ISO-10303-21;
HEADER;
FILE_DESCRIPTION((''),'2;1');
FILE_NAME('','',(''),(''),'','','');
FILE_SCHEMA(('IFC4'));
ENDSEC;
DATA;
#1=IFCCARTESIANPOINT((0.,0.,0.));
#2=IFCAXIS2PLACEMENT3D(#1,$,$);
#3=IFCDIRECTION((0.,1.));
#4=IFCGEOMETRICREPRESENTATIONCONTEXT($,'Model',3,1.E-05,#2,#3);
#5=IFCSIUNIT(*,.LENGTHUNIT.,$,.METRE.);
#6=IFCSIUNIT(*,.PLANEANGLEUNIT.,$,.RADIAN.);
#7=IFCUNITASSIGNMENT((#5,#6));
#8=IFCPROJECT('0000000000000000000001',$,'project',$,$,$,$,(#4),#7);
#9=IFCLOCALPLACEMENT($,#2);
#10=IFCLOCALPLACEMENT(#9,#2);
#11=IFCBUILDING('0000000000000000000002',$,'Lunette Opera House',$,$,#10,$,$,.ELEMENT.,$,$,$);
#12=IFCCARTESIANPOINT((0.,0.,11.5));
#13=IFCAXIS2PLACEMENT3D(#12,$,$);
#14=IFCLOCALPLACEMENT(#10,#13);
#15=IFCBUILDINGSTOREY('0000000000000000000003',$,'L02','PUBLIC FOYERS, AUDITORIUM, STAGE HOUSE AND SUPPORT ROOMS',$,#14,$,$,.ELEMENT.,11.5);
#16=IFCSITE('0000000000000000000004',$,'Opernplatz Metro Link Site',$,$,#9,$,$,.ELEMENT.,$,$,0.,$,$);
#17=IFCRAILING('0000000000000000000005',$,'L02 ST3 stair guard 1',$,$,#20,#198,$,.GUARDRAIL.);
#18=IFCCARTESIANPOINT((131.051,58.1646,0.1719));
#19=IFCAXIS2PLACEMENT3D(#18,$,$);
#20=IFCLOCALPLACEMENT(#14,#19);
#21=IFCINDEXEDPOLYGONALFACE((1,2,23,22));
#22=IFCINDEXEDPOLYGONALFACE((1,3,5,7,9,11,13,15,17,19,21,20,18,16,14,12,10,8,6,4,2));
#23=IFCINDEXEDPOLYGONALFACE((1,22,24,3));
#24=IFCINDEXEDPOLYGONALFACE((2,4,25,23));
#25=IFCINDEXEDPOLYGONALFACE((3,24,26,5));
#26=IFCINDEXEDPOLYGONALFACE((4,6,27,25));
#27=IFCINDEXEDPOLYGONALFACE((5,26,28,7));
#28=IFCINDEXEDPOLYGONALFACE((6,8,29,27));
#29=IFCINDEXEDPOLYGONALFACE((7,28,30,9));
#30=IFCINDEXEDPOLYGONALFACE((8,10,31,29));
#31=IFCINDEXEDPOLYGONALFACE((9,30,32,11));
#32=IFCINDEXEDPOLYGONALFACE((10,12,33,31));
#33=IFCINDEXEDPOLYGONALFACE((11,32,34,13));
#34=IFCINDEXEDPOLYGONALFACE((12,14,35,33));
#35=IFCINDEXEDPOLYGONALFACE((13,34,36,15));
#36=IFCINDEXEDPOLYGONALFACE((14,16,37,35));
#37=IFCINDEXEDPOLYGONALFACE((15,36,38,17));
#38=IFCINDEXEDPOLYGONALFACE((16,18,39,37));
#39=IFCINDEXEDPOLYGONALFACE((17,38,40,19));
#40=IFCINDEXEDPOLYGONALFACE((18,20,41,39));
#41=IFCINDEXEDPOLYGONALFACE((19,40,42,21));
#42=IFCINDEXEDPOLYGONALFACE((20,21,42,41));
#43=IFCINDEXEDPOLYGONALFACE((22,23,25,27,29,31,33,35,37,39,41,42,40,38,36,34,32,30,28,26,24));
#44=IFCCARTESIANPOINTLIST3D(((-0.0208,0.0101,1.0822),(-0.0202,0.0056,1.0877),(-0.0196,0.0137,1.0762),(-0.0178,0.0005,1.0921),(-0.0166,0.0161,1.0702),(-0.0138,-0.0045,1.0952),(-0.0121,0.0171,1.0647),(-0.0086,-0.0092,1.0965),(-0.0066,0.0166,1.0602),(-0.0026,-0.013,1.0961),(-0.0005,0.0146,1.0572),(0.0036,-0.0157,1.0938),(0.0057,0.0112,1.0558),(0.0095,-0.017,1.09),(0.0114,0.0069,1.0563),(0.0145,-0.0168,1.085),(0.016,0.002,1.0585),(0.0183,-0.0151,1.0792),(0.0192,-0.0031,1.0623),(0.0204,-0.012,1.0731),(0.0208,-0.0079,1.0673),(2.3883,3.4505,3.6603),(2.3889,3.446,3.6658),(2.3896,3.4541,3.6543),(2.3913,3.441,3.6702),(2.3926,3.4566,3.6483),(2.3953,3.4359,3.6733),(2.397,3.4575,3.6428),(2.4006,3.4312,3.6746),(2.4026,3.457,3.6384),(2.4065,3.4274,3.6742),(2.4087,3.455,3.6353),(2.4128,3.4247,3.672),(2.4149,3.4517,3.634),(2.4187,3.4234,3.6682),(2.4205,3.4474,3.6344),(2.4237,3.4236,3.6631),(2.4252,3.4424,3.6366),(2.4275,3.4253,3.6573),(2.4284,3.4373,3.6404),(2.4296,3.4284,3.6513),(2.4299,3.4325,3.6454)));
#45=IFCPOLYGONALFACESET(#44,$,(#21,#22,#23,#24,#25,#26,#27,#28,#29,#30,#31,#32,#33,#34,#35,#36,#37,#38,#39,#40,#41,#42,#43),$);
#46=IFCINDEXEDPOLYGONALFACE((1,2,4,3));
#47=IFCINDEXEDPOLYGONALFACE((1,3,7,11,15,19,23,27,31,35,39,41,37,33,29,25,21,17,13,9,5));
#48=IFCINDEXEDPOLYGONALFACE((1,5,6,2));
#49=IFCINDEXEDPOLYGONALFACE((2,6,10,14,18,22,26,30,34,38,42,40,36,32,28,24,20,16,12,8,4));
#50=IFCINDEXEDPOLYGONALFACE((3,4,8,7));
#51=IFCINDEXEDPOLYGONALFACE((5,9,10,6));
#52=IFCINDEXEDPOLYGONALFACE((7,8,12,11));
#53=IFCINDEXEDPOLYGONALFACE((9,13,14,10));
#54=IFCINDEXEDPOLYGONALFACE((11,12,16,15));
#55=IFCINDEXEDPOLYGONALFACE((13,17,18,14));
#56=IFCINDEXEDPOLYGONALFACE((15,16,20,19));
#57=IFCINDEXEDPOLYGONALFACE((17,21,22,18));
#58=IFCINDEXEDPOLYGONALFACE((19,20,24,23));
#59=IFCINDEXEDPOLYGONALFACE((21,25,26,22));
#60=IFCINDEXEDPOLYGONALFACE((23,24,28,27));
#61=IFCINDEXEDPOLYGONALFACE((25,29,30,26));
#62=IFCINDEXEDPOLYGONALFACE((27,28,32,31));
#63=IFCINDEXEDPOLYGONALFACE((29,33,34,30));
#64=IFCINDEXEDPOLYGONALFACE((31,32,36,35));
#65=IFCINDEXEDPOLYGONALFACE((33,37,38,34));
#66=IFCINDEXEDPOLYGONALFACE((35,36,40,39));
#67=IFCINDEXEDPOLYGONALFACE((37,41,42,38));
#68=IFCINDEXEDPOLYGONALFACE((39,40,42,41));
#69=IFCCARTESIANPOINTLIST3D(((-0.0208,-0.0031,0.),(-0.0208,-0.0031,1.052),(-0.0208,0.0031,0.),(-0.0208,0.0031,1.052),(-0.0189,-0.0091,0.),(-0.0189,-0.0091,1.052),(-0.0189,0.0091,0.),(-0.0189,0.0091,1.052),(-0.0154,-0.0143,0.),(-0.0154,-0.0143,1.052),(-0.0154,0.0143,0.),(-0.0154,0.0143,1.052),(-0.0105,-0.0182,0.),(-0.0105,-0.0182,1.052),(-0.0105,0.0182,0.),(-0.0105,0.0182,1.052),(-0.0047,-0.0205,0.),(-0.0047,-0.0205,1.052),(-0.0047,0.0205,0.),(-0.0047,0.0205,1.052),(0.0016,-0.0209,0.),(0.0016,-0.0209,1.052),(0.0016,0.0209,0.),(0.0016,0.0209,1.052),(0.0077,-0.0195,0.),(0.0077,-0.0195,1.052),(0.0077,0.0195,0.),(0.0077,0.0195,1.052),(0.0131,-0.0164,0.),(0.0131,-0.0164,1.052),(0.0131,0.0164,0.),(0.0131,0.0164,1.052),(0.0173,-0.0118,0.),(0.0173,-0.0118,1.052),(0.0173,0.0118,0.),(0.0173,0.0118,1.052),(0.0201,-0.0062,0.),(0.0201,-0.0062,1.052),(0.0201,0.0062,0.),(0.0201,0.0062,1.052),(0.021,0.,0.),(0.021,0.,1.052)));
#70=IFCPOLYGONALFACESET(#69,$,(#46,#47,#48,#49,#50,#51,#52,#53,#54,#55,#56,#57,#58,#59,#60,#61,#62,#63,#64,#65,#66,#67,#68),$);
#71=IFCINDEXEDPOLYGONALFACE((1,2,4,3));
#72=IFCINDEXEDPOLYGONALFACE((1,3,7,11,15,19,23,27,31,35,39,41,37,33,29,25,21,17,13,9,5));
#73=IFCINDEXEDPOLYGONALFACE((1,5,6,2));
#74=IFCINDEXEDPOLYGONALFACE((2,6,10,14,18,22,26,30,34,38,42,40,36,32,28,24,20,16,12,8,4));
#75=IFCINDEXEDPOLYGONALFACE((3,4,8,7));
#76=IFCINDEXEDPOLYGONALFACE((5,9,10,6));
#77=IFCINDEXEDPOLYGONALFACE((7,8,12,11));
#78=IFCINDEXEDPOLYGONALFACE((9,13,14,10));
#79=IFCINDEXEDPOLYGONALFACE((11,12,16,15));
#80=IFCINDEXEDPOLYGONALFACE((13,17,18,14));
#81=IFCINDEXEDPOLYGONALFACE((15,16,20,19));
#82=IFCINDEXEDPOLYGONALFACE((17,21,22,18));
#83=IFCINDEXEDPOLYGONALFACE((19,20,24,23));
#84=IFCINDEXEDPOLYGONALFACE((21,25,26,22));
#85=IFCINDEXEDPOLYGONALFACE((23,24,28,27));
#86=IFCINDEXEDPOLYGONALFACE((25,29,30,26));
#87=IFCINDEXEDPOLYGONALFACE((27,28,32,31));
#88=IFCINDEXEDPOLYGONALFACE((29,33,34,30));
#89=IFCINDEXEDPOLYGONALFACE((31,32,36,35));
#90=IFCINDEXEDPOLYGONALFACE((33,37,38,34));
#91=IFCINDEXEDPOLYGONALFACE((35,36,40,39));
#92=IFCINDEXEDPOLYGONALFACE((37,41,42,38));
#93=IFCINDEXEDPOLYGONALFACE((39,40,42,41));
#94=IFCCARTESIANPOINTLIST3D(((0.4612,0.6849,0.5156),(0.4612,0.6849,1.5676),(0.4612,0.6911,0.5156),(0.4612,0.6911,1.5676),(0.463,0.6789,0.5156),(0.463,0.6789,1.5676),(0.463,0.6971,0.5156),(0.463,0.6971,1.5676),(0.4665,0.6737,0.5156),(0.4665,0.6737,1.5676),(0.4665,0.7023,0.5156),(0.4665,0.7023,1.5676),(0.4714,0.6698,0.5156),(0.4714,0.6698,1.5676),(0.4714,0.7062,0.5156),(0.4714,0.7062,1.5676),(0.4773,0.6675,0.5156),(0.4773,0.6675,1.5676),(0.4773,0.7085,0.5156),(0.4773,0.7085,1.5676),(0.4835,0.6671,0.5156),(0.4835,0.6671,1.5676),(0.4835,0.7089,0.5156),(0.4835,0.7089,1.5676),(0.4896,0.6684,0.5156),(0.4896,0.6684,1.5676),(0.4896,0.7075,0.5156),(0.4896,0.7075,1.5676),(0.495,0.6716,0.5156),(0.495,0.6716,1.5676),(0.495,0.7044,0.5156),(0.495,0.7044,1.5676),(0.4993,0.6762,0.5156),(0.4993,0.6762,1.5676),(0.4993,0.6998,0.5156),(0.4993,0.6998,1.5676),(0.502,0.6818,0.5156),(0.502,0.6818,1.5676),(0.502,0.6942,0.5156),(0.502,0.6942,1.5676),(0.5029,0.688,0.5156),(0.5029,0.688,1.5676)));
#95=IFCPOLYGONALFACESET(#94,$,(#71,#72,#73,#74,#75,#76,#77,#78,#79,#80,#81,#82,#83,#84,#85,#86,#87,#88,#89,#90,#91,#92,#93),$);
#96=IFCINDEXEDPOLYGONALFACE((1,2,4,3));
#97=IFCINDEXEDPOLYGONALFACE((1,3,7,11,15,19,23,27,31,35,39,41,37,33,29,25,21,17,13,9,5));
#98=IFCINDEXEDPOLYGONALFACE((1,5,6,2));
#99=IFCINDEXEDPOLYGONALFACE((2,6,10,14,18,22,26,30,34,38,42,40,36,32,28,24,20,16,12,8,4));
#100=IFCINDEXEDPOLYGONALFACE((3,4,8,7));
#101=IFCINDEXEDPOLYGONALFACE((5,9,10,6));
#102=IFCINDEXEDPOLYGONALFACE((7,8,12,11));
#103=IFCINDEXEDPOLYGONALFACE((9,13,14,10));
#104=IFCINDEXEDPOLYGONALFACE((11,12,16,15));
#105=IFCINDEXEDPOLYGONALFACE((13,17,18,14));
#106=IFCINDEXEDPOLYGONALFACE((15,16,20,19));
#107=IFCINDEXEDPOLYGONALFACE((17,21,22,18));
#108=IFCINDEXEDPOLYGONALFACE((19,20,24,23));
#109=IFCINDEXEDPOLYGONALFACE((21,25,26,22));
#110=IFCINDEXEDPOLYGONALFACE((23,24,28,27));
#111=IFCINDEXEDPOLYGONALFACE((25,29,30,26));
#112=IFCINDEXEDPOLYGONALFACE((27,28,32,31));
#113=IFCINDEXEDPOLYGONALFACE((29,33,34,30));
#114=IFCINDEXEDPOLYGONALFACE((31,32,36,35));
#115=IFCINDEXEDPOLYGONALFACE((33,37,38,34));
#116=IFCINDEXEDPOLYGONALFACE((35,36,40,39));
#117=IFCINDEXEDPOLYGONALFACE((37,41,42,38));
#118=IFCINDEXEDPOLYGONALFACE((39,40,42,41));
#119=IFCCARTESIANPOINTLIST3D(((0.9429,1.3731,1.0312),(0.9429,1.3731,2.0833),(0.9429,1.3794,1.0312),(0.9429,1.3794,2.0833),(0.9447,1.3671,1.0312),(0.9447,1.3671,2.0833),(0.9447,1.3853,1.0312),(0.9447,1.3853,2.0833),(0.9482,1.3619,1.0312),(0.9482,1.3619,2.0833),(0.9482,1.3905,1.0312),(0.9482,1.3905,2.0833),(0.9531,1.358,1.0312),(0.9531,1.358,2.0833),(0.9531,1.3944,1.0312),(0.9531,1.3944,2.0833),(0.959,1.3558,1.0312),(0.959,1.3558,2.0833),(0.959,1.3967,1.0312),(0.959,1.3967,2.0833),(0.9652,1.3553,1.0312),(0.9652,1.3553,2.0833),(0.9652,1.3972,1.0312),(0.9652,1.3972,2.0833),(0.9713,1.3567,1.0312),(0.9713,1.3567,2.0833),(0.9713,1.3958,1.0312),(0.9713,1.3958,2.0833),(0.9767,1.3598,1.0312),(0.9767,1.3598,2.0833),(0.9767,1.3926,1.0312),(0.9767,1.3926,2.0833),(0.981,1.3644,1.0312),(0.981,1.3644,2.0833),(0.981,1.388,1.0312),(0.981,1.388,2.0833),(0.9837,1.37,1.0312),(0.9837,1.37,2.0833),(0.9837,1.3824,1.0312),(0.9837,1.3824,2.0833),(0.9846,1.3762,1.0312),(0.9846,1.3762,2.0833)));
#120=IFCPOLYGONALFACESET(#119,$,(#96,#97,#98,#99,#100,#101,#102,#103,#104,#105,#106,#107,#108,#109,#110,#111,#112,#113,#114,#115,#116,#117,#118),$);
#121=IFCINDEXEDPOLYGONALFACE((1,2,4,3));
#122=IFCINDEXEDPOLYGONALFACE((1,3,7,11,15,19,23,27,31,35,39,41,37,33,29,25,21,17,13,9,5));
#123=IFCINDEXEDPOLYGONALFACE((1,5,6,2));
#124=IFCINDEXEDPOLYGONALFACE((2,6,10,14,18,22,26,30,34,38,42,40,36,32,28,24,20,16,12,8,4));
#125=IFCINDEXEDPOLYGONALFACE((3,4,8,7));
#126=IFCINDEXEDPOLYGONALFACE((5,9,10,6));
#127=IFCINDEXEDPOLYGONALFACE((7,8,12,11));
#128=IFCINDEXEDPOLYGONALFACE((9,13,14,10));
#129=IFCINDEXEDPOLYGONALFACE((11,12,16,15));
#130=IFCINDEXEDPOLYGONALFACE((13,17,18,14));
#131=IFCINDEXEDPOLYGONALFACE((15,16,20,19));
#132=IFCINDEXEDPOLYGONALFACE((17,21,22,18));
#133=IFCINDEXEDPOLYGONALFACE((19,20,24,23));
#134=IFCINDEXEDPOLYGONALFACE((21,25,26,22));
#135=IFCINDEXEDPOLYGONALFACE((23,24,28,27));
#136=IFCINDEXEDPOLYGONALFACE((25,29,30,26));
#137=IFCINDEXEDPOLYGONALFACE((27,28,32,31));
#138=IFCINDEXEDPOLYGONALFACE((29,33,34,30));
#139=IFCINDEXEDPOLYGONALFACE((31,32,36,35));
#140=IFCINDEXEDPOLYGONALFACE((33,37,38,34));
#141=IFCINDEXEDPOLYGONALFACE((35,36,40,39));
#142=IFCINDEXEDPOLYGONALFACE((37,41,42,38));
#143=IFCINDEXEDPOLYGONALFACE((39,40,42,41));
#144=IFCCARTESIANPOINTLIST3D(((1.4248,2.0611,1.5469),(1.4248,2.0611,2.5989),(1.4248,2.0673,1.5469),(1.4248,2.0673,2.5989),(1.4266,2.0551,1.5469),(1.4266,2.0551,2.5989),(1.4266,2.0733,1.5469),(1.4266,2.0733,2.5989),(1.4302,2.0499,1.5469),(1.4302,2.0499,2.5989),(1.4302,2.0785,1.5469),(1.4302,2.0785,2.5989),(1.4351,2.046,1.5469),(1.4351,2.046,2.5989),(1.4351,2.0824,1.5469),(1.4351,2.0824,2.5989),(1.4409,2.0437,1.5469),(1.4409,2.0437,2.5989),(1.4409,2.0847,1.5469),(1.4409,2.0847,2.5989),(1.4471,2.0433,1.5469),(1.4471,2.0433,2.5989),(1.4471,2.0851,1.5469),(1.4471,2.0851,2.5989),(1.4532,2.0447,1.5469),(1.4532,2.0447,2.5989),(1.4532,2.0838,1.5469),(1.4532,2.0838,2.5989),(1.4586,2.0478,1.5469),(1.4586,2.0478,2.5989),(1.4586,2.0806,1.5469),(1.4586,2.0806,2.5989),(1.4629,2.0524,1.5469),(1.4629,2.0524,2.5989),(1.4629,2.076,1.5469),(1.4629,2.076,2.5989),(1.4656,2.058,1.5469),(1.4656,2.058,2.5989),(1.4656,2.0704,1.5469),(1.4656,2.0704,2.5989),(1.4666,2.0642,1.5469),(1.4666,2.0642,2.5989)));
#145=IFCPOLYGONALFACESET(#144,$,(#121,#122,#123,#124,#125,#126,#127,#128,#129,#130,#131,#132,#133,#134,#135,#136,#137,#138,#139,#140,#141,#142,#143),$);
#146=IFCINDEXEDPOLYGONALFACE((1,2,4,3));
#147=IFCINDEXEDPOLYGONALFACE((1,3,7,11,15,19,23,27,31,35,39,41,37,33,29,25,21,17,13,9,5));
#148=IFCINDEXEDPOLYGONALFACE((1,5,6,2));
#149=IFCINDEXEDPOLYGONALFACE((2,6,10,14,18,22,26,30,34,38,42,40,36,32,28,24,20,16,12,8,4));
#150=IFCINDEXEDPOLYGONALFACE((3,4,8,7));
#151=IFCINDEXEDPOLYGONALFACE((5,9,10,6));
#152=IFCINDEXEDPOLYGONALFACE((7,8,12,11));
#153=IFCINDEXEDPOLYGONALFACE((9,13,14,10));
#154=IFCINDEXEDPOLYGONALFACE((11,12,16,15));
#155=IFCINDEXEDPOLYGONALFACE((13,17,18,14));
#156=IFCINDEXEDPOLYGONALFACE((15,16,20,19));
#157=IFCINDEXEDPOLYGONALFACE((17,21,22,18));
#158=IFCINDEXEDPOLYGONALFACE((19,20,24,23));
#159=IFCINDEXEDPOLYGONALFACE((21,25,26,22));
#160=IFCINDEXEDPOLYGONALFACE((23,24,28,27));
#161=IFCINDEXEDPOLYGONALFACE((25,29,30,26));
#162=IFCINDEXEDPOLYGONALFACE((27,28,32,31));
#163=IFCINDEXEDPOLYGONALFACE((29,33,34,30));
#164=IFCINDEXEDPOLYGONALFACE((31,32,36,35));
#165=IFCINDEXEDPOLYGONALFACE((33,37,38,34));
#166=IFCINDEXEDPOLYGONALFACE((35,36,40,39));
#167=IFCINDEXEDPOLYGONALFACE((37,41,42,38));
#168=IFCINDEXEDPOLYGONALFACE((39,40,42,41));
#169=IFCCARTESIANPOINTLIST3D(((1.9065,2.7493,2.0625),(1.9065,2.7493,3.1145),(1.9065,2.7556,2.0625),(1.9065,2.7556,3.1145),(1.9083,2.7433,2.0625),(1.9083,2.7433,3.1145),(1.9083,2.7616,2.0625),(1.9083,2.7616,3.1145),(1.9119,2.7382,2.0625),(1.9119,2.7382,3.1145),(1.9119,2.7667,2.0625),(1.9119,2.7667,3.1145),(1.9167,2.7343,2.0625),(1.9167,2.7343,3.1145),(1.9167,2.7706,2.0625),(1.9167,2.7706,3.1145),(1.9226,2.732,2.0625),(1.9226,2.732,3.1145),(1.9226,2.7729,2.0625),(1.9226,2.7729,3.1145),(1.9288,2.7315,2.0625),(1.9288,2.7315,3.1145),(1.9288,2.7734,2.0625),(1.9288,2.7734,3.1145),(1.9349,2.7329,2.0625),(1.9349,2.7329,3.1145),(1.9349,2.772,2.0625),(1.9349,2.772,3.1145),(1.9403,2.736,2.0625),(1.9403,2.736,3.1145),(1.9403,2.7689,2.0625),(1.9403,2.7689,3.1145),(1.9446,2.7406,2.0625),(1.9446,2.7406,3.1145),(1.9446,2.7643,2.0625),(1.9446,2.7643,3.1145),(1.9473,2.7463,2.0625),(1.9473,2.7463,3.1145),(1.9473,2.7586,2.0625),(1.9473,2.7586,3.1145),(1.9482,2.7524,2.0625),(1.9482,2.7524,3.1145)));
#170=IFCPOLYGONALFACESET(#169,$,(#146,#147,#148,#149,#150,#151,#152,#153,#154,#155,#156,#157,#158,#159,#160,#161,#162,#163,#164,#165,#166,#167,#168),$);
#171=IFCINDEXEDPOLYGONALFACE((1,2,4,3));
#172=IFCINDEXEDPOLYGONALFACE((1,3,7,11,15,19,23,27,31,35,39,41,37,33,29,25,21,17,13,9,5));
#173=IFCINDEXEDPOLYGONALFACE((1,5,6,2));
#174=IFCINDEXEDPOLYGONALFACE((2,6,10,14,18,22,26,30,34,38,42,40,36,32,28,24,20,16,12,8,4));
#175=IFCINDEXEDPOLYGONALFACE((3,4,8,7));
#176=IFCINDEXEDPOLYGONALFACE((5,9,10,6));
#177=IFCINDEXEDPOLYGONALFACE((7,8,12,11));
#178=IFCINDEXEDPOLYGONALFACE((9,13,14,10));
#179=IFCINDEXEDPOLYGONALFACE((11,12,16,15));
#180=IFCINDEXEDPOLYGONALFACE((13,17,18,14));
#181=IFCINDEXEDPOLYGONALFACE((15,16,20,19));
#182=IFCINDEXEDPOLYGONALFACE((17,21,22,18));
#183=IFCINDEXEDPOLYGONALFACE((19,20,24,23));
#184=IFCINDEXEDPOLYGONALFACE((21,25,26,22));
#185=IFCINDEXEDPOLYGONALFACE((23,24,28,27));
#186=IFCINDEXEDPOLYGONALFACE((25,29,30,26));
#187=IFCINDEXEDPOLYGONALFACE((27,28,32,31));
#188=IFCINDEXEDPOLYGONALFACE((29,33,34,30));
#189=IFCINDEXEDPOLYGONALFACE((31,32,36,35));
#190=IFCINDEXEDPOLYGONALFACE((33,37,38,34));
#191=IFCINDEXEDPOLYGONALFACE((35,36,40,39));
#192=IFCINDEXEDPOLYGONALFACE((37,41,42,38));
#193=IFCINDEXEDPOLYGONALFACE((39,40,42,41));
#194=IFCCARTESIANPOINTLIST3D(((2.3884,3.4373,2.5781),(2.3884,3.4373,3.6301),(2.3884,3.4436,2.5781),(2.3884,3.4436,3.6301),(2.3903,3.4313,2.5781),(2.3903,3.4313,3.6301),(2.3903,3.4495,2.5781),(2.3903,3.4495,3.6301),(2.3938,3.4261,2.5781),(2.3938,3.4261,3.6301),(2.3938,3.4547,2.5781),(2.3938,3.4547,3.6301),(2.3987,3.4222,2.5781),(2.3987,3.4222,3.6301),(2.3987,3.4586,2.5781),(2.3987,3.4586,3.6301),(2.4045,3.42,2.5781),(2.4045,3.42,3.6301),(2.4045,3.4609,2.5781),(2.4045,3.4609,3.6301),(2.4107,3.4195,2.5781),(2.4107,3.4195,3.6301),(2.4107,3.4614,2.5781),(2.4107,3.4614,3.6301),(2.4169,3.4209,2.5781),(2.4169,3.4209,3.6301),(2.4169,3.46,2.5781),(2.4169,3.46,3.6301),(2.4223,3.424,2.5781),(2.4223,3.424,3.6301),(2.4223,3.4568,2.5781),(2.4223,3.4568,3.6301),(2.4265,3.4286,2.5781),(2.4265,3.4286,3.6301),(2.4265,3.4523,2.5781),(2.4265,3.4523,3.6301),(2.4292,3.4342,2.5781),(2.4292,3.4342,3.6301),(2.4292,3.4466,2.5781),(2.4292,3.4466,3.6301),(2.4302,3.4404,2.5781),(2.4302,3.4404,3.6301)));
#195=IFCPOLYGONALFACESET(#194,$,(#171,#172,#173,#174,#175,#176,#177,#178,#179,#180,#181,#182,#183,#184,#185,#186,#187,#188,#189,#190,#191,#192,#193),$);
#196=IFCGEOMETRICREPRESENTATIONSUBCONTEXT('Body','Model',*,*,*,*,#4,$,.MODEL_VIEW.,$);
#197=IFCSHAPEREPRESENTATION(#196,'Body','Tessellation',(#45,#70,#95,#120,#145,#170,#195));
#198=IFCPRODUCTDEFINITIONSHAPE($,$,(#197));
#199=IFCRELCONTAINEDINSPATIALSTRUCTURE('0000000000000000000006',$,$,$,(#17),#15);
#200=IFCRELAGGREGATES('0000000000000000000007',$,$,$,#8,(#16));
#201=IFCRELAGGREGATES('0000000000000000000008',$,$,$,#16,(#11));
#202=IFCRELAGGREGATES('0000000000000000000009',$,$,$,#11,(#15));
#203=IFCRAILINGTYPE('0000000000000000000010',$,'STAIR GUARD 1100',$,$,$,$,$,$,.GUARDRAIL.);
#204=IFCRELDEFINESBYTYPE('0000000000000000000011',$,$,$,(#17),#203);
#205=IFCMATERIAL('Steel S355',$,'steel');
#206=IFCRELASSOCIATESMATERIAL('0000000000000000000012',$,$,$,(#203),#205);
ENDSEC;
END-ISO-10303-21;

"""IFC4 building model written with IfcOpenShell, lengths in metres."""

from ifc_helpers import new_model, si_unit, direction, frame, origin, origin_2d, place, context, subcontext, project, spatial, circle, extrude, material, type_object, element, save


model = new_model("IFC4")

# Units and contexts
model_context = context("Model", 3, precision=1e-05, world=origin(), true_north=direction((0.0, 1.0)))
body_context = subcontext(model_context, "Body", "Model", "MODEL_VIEW")
ifc_project = project(units=[si_unit("LENGTHUNIT", "METRE"), si_unit("PLANEANGLEUNIT", "RADIAN")], contexts=[model_context])

# Site, building, storey
site_placement = place(None, origin())
site = spatial("IfcSite", under=ifc_project, at=site_placement, Name="Opernplatz Metro Link Site", CompositionType="ELEMENT", RefElevation=0.0)
building_placement = place(site_placement, origin())
building = spatial("IfcBuilding", under=site, at=building_placement, Name="Lunette Opera House", CompositionType="ELEMENT")
storey_placement = place(building_placement, frame((0.0, 0.0, 11.5)))
storey = spatial("IfcBuildingStorey", under=building, at=storey_placement, Name="L02", Description="PUBLIC FOYERS, AUDITORIUM, STAGE HOUSE AND SUPPORT ROOMS", CompositionType="ELEMENT", Elevation=11.5)

# Railing
ifc_material_1 = material(Name="Steel S355", Category="steel")
railing_type_1 = type_object("IfcRailingType", Name="STAIR GUARD 1100", PredefinedType="GUARDRAIL", material=ifc_material_1)
railing_1_placement = place(storey_placement, frame((131.051, 58.1646, 0.1719)))
element("IfcRailing", 1, at=railing_1_placement, inside=storey, type_object=railing_type_1, Name="L02 ST3 stair guard 1", PredefinedType="GUARDRAIL", context=body_context, shape_type="SweptSolid", body=[
    extrude(circle(Radius=0.0239, at=origin_2d()), frame((0.0, 0.0, 1.0762), z_axis=(0.488853, 0.698107, 0.523134), x_axis=(-0.819134, 0.573603, 0.0)), (0.0, 0.0, 1.0), 4.9282),
    extrude(circle(Radius=0.021, at=origin_2d()), origin(), (0.0, 0.0, 1.0), 1.052),
    extrude(circle(Radius=0.021, at=origin_2d()), frame((0.4819, 0.688, 0.5156)), (0.0, 0.0, 1.0), 1.052),
    extrude(circle(Radius=0.021, at=origin_2d()), frame((0.9636, 1.3762, 1.0312)), (0.0, 0.0, 1.0), 1.052),
    extrude(circle(Radius=0.021, at=origin_2d()), frame((1.4456, 2.0642, 1.5469)), (0.0, 0.0, 1.0), 1.052),
    extrude(circle(Radius=0.021, at=origin_2d()), frame((1.9272, 2.7524, 2.0625)), (0.0, 0.0, 1.0), 1.052),
    extrude(circle(Radius=0.021, at=origin_2d()), frame((2.4092, 3.4404, 2.5781)), (0.0, 0.0, 1.0), 1.052),
])

save(model, "model.ifc")
